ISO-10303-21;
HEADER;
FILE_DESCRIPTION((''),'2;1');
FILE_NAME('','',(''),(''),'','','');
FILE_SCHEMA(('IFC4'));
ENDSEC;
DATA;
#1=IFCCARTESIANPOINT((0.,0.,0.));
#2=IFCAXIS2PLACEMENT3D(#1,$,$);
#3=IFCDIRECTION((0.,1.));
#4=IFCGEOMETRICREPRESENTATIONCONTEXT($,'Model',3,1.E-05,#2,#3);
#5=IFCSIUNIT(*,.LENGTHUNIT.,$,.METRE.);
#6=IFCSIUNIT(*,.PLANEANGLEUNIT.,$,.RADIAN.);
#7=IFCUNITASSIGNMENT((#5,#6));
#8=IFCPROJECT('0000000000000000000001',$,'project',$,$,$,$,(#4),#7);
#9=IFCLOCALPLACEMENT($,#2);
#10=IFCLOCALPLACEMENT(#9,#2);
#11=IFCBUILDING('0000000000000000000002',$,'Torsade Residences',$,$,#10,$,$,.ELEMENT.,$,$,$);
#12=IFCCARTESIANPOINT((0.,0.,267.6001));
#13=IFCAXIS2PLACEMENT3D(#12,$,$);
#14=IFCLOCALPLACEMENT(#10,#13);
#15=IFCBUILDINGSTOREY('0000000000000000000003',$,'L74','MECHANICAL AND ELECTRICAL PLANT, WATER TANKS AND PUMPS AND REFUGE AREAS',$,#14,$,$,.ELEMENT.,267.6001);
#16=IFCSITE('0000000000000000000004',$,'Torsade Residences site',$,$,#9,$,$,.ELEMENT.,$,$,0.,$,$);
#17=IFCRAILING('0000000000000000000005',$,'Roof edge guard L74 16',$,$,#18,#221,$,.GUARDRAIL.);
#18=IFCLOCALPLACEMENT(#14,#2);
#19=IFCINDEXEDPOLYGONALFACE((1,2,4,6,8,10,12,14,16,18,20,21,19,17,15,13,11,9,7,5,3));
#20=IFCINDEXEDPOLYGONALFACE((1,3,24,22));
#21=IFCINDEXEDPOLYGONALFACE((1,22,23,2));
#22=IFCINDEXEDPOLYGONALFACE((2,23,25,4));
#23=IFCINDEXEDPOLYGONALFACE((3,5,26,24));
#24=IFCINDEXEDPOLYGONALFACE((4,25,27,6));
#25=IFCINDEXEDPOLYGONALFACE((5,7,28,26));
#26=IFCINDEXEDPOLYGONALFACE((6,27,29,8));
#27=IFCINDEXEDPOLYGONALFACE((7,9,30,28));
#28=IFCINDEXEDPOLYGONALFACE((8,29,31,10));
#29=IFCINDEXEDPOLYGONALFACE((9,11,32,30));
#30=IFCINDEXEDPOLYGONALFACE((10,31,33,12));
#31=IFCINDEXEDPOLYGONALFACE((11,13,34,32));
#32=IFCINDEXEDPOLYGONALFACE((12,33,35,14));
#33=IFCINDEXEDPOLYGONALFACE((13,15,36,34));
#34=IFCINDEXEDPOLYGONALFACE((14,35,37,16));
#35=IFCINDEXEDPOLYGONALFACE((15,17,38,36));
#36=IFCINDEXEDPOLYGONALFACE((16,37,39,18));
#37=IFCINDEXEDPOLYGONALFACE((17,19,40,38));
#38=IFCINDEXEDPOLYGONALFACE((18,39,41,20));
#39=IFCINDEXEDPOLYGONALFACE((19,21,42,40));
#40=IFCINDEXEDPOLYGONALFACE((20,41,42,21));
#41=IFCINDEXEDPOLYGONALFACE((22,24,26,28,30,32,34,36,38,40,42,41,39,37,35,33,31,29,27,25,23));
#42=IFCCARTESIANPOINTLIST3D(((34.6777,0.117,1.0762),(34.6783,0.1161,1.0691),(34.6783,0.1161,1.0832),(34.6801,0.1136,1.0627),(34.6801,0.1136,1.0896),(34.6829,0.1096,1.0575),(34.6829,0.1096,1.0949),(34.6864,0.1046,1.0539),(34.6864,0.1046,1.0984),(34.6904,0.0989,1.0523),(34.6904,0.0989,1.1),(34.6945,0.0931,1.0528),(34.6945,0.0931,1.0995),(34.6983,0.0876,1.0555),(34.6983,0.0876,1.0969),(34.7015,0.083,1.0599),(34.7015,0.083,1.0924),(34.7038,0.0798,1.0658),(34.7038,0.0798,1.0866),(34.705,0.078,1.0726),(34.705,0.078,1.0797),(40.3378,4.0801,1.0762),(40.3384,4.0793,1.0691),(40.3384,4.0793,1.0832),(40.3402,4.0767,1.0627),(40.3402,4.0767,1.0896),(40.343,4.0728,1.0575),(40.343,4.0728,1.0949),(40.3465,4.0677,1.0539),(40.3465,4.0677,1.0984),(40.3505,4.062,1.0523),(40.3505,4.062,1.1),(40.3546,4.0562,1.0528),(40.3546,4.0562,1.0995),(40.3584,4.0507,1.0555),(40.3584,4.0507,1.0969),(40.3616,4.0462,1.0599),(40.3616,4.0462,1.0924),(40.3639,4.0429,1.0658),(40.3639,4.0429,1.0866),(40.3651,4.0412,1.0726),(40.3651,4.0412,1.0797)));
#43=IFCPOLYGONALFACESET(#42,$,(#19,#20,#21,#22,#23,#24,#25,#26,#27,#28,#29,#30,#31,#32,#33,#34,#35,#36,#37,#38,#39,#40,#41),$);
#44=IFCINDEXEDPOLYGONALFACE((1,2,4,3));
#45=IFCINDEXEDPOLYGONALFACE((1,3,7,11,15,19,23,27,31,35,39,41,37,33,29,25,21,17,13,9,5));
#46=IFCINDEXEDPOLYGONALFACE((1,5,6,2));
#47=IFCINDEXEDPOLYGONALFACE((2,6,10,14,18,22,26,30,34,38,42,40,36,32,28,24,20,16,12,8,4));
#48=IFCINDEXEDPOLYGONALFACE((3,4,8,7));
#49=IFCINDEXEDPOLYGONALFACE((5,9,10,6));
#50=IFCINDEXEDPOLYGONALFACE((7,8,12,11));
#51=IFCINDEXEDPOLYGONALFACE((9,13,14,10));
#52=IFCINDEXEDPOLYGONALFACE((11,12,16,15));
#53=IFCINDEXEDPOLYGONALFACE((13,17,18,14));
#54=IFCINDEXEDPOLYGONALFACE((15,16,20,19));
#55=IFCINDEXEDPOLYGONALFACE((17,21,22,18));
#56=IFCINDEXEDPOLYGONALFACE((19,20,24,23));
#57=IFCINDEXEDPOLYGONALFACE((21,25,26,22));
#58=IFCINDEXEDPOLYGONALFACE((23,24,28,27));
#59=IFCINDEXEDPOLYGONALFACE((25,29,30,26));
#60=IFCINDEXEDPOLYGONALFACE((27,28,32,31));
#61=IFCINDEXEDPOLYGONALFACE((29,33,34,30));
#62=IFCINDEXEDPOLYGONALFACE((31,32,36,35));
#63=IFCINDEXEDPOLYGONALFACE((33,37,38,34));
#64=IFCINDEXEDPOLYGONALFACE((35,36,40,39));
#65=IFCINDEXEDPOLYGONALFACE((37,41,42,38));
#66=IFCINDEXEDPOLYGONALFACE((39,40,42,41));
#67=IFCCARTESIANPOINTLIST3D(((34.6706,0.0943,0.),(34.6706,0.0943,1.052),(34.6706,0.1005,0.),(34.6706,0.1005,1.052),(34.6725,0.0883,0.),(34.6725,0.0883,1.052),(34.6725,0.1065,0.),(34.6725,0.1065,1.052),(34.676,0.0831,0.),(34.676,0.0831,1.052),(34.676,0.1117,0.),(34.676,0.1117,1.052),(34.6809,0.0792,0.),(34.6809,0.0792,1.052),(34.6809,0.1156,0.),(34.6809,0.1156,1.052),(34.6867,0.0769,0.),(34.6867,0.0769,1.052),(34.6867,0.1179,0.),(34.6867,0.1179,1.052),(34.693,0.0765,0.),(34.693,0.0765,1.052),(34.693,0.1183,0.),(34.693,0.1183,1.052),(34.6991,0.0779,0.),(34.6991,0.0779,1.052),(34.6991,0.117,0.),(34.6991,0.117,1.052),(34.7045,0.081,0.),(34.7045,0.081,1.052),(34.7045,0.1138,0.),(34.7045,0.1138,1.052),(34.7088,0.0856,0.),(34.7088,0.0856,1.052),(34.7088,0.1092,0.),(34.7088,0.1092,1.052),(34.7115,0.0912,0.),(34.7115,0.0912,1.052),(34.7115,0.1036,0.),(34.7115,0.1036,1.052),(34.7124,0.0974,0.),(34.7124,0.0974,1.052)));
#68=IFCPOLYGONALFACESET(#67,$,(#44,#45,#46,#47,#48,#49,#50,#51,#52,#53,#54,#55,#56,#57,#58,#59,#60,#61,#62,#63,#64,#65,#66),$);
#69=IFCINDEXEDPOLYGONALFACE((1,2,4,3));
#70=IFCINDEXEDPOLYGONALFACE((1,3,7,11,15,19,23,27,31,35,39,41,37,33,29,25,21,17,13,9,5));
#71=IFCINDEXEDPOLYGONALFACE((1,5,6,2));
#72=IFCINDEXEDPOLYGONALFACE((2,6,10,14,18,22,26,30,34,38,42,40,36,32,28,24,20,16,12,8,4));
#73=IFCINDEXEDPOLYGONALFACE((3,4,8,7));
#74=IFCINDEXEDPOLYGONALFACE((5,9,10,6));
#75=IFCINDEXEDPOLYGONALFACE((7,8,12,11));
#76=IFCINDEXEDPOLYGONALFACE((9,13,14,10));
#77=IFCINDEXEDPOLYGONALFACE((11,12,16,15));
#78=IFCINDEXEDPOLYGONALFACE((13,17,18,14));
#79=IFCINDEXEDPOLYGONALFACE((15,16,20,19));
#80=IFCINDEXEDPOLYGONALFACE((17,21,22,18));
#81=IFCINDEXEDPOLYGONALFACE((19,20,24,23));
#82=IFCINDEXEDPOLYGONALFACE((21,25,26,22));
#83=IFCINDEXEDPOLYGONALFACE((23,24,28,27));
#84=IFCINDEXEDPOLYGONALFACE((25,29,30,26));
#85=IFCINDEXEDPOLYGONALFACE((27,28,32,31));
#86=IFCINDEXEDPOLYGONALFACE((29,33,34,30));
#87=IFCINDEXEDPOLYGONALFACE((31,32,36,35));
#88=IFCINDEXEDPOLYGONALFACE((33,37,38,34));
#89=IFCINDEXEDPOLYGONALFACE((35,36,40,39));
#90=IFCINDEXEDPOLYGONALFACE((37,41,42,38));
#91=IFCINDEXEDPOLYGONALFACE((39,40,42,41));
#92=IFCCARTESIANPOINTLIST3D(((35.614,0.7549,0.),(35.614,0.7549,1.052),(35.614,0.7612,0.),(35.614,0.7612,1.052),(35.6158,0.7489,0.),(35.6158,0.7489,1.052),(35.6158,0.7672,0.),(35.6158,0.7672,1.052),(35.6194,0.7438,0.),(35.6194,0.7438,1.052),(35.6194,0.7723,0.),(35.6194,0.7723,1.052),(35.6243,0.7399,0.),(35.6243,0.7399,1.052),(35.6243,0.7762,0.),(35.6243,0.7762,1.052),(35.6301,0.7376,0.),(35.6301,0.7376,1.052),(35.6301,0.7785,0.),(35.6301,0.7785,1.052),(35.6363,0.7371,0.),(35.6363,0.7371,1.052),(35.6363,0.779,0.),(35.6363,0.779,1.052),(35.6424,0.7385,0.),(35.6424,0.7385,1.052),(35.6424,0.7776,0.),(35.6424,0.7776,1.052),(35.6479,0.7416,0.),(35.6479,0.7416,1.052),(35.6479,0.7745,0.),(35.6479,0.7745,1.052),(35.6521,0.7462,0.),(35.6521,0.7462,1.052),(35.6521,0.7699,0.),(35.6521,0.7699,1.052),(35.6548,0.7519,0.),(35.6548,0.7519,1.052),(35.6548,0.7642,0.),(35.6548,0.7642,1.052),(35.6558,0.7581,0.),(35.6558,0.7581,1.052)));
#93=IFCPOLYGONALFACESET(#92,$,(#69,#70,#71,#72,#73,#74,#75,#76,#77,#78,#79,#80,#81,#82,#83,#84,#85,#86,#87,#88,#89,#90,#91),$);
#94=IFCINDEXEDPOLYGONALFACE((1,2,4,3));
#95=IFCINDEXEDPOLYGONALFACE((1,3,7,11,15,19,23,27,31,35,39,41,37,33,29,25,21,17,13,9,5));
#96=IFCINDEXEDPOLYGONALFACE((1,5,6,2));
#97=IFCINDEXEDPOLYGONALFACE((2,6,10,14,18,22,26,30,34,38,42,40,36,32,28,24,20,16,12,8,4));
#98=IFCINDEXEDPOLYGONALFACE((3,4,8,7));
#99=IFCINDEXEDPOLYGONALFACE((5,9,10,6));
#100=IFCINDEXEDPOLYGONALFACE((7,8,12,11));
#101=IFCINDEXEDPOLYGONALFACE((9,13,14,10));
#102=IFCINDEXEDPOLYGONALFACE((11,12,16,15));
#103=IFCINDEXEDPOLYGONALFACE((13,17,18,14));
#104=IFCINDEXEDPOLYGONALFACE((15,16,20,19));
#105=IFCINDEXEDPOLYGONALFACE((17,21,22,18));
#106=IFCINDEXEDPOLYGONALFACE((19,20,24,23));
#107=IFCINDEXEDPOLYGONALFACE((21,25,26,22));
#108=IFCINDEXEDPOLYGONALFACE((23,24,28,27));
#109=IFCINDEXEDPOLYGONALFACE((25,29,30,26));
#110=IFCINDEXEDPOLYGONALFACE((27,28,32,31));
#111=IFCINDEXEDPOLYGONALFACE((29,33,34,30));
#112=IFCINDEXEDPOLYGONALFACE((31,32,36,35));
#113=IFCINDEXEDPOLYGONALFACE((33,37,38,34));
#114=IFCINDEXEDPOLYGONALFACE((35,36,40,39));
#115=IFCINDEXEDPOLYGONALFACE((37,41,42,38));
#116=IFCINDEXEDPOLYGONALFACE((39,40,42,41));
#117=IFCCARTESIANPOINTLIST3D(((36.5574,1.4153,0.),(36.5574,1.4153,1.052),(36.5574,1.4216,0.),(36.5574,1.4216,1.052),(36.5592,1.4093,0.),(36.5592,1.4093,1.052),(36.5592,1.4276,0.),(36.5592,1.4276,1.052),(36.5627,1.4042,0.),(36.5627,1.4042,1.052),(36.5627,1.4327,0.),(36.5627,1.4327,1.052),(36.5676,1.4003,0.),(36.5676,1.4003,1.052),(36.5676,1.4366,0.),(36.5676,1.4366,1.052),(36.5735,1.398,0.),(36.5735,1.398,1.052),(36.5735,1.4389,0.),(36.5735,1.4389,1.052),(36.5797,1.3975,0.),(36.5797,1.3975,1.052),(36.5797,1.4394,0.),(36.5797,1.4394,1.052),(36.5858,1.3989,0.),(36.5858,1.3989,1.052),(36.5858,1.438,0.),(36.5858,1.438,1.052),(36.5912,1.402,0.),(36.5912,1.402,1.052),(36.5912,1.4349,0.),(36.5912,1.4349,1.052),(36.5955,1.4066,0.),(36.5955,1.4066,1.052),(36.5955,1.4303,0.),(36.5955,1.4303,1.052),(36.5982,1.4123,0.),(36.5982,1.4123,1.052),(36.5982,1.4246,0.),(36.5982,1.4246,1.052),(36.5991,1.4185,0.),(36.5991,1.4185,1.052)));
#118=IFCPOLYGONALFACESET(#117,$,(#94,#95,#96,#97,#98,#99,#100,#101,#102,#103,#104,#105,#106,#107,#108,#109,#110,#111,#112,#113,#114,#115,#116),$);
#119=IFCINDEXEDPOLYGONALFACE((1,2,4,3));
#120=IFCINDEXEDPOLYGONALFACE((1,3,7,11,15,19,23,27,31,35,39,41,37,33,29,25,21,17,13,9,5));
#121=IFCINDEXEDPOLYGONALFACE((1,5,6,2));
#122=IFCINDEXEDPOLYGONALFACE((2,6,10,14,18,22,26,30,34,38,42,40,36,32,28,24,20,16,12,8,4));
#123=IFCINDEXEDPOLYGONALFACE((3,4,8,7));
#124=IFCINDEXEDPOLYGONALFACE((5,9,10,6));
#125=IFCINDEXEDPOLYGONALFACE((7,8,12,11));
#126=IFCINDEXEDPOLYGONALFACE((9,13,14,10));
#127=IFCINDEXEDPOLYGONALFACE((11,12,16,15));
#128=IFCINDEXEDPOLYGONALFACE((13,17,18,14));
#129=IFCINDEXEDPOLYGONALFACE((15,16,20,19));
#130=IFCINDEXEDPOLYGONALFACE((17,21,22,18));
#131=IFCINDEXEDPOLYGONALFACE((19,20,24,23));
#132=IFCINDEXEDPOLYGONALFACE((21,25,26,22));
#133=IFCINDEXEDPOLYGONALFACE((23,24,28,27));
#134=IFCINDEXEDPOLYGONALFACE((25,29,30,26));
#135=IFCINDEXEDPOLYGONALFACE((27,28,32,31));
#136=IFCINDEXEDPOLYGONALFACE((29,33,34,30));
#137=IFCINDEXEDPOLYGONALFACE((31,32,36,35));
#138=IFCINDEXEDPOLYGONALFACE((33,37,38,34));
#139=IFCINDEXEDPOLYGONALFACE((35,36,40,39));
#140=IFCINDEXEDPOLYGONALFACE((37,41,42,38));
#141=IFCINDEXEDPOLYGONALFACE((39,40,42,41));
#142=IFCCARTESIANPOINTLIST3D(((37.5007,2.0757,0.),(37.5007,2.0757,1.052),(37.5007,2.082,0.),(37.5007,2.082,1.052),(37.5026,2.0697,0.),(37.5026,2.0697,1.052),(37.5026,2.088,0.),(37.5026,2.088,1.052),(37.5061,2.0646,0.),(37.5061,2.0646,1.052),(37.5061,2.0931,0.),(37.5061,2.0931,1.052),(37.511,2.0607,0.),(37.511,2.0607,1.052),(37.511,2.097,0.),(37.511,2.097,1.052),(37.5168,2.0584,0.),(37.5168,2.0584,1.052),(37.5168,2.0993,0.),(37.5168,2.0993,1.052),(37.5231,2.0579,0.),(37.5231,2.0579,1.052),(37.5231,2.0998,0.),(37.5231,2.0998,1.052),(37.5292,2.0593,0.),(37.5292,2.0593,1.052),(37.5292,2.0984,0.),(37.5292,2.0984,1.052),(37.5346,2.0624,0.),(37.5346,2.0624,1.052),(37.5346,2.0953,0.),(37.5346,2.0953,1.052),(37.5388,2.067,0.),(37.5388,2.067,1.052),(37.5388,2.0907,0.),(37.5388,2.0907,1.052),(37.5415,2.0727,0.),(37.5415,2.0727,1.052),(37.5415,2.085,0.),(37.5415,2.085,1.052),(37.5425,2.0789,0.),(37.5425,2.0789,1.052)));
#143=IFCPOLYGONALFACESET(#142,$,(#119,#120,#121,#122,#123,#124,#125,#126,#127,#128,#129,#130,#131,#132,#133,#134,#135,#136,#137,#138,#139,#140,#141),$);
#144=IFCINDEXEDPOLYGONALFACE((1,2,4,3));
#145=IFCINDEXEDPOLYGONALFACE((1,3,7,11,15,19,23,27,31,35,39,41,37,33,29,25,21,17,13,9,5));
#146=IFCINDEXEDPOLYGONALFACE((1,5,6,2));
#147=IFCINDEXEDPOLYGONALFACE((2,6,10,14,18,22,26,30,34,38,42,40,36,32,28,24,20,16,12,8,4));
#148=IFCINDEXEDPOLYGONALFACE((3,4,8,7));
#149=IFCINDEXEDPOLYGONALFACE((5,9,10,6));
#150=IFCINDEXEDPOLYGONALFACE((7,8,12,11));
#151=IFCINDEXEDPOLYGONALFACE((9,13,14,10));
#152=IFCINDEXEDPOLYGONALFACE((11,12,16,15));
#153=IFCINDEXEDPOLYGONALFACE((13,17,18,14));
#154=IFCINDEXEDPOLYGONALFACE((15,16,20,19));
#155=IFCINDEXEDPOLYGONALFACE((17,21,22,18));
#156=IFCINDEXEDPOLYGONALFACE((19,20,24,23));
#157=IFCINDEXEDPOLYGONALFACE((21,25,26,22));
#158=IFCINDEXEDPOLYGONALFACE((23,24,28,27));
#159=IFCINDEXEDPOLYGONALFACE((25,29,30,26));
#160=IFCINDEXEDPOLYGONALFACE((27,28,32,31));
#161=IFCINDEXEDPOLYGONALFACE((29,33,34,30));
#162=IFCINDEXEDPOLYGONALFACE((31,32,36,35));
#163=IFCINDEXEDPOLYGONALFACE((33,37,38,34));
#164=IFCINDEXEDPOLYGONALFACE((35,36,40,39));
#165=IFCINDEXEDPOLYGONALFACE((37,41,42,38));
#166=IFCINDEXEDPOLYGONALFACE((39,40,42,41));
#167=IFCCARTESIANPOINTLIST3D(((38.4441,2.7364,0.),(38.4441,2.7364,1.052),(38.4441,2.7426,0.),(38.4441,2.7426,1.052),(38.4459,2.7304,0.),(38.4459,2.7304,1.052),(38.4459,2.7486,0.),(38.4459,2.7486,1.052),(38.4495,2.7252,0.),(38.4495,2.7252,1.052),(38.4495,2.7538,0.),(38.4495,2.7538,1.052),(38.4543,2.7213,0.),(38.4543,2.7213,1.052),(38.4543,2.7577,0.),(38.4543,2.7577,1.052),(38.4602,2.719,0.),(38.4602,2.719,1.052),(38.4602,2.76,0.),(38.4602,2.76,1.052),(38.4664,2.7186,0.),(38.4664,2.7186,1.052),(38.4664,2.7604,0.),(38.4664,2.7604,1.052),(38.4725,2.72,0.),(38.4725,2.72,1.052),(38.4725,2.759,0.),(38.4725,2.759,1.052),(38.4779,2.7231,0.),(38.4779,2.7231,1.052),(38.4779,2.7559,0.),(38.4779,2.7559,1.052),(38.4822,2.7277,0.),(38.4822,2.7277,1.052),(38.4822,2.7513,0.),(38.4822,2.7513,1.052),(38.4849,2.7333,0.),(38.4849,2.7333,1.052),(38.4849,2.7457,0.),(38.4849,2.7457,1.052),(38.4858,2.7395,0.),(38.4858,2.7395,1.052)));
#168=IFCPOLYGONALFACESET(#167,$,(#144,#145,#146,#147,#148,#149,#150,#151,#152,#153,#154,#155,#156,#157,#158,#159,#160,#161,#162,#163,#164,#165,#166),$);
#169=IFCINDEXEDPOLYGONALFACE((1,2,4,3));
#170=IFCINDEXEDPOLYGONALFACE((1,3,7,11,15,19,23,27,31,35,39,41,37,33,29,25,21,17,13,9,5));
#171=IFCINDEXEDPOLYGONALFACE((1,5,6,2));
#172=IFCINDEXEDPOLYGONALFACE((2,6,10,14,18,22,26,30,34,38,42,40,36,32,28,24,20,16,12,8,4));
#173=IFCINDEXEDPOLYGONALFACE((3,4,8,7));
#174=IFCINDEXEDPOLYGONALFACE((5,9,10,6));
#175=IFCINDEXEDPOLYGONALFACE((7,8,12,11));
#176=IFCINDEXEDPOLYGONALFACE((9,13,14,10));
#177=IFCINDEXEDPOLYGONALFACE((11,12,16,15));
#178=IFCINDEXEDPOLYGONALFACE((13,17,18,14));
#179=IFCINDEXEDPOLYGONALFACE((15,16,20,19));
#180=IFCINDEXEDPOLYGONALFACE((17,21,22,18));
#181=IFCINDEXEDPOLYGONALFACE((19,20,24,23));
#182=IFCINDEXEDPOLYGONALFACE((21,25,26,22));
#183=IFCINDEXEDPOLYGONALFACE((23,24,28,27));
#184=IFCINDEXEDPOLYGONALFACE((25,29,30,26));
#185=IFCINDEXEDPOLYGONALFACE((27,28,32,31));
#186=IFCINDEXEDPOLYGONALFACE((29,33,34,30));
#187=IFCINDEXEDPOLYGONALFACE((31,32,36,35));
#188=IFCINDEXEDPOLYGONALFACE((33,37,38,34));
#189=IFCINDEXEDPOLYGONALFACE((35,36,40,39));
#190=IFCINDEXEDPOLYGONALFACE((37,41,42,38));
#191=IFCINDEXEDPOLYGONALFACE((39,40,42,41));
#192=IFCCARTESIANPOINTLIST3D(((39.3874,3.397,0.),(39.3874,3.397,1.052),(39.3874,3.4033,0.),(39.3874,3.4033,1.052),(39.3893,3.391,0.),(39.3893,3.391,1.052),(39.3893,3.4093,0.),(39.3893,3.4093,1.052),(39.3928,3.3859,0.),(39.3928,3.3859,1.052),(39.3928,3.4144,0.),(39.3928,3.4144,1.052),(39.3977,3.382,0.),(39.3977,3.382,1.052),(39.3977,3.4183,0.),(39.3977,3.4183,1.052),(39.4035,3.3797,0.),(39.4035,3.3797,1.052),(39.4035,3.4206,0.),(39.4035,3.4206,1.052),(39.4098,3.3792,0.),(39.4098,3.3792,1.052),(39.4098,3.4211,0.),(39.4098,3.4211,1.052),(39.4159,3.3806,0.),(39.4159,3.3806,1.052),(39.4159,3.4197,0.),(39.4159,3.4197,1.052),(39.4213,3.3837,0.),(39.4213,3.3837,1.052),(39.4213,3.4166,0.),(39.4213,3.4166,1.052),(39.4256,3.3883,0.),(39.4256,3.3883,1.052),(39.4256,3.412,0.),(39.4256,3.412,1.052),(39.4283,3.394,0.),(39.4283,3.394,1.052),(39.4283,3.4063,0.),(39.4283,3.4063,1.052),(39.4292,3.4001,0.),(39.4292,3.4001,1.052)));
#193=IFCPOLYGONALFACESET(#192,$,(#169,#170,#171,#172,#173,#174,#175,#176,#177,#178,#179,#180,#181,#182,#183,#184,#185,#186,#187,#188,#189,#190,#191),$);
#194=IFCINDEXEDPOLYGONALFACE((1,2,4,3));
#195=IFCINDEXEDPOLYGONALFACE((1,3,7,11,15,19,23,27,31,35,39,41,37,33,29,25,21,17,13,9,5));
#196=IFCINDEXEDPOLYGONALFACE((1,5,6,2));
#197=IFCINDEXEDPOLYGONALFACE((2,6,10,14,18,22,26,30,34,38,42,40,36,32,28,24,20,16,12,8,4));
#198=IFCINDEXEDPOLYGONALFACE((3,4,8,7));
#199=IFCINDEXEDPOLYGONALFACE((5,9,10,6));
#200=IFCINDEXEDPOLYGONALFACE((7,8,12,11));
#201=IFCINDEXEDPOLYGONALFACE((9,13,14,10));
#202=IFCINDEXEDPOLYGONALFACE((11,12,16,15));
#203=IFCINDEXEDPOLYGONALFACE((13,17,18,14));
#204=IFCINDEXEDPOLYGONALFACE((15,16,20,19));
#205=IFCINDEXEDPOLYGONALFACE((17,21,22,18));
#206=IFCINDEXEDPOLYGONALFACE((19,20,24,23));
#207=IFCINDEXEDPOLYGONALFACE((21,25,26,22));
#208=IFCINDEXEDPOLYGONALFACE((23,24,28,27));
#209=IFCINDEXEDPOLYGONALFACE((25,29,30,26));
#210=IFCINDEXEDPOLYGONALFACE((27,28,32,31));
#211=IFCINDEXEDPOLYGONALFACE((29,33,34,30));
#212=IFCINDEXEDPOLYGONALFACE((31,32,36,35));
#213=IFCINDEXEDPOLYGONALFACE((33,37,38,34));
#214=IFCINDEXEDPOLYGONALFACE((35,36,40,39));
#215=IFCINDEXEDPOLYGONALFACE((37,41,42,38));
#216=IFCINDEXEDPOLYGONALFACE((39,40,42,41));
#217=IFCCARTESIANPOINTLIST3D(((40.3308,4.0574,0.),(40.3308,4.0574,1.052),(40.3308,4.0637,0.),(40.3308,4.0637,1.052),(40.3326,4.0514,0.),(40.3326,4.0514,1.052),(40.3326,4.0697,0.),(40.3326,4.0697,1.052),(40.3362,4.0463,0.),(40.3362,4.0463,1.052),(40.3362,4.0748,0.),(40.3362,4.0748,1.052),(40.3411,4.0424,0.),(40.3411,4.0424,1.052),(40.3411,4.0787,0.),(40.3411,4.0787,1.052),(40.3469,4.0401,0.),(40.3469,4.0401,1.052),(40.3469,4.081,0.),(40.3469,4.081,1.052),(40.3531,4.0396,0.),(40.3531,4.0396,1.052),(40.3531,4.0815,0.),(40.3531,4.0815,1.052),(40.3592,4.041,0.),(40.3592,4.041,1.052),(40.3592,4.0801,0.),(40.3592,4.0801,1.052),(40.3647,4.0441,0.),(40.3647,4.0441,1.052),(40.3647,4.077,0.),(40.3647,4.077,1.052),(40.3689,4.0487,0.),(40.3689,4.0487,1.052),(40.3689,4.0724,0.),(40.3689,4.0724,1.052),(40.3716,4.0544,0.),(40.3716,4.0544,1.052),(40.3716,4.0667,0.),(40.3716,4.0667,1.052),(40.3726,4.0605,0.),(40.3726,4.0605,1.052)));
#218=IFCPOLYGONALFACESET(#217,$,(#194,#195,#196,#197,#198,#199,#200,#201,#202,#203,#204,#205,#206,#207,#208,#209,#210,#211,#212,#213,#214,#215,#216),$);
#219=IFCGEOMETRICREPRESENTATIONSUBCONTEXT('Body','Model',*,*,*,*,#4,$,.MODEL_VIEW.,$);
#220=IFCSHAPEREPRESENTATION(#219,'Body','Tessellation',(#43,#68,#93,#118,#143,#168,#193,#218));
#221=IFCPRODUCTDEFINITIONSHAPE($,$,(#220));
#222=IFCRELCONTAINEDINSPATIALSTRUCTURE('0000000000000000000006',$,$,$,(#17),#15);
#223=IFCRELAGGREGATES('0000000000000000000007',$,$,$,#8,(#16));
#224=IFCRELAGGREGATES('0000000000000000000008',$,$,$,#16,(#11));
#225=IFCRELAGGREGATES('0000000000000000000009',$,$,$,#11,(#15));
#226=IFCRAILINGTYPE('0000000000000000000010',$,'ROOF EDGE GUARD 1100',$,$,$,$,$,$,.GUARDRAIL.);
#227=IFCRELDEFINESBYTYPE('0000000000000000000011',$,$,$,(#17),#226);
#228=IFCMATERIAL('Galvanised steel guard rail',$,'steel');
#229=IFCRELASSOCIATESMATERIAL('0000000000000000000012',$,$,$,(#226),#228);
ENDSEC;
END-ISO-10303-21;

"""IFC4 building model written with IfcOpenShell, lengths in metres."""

from ifc_helpers import new_model, si_unit, direction, frame, origin, origin_2d, place, context, subcontext, project, spatial, circle, extrude, material, type_object, element, save


model = new_model("IFC4")

# Units and contexts
model_context = context("Model", 3, precision=1e-05, world=origin(), true_north=direction((0.0, 1.0)))
body_context = subcontext(model_context, "Body", "Model", "MODEL_VIEW")
ifc_project = project(units=[si_unit("LENGTHUNIT", "METRE"), si_unit("PLANEANGLEUNIT", "RADIAN")], contexts=[model_context])

# Site, building, storey
site_placement = place(None, origin())
site = spatial("IfcSite", under=ifc_project, at=site_placement, Name="Torsade Residences site", CompositionType="ELEMENT", RefElevation=0.0)
building_placement = place(site_placement, origin())
building = spatial("IfcBuilding", under=site, at=building_placement, Name="Torsade Residences", CompositionType="ELEMENT")
storey_placement = place(building_placement, frame((0.0, 0.0, 267.6001)))
storey = spatial("IfcBuildingStorey", under=building, at=storey_placement, Name="L74", Description="MECHANICAL AND ELECTRICAL PLANT, WATER TANKS AND PUMPS AND REFUGE AREAS", CompositionType="ELEMENT", Elevation=267.6001)

# Railing
ifc_material_1 = material(Name="Galvanised steel guard rail", Category="steel")
railing_type = type_object("IfcRailingType", Name="ROOF EDGE GUARD 1100", PredefinedType="GUARDRAIL", material=ifc_material_1)
railing_placement = place(storey_placement, frame((34.6914, 0.0974, 0.0)))
element("IfcRailing", 1, at=railing_placement, inside=storey, type_object=railing_type, Name="Roof edge guard L74 16", PredefinedType="GUARDRAIL", context=body_context, shape_type="SweptSolid", body=[
    extrude(circle(Radius=0.0239, at=origin_2d()), frame((0.0, 0.0, 1.0762), z_axis=(0.819162, 0.573562, 0.0), x_axis=(-0.573562, 0.819162, 0.0)), (0.0, 0.0, 1.0), 6.9097),
    extrude(circle(Radius=0.021, at=origin_2d()), origin(), (0.0, 0.0, 1.0), 1.052),
    extrude(circle(Radius=0.021, at=origin_2d()), frame((0.9434, 0.6606, 0.0)), (0.0, 0.0, 1.0), 1.052),
    extrude(circle(Radius=0.021, at=origin_2d()), frame((1.8867, 1.321, 0.0)), (0.0, 0.0, 1.0), 1.052),
    extrude(circle(Radius=0.021, at=origin_2d()), frame((2.8301, 1.9814, 0.0)), (0.0, 0.0, 1.0), 1.052),
    extrude(circle(Radius=0.021, at=origin_2d()), frame((3.7734, 2.6421, 0.0)), (0.0, 0.0, 1.0), 1.052),
    extrude(circle(Radius=0.021, at=origin_2d()), frame((4.7168, 3.3027, 0.0)), (0.0, 0.0, 1.0), 1.052),
    extrude(circle(Radius=0.021, at=origin_2d()), frame((5.6602, 3.9631, 0.0)), (0.0, 0.0, 1.0), 1.052),
])

save(model, "model.ifc")
